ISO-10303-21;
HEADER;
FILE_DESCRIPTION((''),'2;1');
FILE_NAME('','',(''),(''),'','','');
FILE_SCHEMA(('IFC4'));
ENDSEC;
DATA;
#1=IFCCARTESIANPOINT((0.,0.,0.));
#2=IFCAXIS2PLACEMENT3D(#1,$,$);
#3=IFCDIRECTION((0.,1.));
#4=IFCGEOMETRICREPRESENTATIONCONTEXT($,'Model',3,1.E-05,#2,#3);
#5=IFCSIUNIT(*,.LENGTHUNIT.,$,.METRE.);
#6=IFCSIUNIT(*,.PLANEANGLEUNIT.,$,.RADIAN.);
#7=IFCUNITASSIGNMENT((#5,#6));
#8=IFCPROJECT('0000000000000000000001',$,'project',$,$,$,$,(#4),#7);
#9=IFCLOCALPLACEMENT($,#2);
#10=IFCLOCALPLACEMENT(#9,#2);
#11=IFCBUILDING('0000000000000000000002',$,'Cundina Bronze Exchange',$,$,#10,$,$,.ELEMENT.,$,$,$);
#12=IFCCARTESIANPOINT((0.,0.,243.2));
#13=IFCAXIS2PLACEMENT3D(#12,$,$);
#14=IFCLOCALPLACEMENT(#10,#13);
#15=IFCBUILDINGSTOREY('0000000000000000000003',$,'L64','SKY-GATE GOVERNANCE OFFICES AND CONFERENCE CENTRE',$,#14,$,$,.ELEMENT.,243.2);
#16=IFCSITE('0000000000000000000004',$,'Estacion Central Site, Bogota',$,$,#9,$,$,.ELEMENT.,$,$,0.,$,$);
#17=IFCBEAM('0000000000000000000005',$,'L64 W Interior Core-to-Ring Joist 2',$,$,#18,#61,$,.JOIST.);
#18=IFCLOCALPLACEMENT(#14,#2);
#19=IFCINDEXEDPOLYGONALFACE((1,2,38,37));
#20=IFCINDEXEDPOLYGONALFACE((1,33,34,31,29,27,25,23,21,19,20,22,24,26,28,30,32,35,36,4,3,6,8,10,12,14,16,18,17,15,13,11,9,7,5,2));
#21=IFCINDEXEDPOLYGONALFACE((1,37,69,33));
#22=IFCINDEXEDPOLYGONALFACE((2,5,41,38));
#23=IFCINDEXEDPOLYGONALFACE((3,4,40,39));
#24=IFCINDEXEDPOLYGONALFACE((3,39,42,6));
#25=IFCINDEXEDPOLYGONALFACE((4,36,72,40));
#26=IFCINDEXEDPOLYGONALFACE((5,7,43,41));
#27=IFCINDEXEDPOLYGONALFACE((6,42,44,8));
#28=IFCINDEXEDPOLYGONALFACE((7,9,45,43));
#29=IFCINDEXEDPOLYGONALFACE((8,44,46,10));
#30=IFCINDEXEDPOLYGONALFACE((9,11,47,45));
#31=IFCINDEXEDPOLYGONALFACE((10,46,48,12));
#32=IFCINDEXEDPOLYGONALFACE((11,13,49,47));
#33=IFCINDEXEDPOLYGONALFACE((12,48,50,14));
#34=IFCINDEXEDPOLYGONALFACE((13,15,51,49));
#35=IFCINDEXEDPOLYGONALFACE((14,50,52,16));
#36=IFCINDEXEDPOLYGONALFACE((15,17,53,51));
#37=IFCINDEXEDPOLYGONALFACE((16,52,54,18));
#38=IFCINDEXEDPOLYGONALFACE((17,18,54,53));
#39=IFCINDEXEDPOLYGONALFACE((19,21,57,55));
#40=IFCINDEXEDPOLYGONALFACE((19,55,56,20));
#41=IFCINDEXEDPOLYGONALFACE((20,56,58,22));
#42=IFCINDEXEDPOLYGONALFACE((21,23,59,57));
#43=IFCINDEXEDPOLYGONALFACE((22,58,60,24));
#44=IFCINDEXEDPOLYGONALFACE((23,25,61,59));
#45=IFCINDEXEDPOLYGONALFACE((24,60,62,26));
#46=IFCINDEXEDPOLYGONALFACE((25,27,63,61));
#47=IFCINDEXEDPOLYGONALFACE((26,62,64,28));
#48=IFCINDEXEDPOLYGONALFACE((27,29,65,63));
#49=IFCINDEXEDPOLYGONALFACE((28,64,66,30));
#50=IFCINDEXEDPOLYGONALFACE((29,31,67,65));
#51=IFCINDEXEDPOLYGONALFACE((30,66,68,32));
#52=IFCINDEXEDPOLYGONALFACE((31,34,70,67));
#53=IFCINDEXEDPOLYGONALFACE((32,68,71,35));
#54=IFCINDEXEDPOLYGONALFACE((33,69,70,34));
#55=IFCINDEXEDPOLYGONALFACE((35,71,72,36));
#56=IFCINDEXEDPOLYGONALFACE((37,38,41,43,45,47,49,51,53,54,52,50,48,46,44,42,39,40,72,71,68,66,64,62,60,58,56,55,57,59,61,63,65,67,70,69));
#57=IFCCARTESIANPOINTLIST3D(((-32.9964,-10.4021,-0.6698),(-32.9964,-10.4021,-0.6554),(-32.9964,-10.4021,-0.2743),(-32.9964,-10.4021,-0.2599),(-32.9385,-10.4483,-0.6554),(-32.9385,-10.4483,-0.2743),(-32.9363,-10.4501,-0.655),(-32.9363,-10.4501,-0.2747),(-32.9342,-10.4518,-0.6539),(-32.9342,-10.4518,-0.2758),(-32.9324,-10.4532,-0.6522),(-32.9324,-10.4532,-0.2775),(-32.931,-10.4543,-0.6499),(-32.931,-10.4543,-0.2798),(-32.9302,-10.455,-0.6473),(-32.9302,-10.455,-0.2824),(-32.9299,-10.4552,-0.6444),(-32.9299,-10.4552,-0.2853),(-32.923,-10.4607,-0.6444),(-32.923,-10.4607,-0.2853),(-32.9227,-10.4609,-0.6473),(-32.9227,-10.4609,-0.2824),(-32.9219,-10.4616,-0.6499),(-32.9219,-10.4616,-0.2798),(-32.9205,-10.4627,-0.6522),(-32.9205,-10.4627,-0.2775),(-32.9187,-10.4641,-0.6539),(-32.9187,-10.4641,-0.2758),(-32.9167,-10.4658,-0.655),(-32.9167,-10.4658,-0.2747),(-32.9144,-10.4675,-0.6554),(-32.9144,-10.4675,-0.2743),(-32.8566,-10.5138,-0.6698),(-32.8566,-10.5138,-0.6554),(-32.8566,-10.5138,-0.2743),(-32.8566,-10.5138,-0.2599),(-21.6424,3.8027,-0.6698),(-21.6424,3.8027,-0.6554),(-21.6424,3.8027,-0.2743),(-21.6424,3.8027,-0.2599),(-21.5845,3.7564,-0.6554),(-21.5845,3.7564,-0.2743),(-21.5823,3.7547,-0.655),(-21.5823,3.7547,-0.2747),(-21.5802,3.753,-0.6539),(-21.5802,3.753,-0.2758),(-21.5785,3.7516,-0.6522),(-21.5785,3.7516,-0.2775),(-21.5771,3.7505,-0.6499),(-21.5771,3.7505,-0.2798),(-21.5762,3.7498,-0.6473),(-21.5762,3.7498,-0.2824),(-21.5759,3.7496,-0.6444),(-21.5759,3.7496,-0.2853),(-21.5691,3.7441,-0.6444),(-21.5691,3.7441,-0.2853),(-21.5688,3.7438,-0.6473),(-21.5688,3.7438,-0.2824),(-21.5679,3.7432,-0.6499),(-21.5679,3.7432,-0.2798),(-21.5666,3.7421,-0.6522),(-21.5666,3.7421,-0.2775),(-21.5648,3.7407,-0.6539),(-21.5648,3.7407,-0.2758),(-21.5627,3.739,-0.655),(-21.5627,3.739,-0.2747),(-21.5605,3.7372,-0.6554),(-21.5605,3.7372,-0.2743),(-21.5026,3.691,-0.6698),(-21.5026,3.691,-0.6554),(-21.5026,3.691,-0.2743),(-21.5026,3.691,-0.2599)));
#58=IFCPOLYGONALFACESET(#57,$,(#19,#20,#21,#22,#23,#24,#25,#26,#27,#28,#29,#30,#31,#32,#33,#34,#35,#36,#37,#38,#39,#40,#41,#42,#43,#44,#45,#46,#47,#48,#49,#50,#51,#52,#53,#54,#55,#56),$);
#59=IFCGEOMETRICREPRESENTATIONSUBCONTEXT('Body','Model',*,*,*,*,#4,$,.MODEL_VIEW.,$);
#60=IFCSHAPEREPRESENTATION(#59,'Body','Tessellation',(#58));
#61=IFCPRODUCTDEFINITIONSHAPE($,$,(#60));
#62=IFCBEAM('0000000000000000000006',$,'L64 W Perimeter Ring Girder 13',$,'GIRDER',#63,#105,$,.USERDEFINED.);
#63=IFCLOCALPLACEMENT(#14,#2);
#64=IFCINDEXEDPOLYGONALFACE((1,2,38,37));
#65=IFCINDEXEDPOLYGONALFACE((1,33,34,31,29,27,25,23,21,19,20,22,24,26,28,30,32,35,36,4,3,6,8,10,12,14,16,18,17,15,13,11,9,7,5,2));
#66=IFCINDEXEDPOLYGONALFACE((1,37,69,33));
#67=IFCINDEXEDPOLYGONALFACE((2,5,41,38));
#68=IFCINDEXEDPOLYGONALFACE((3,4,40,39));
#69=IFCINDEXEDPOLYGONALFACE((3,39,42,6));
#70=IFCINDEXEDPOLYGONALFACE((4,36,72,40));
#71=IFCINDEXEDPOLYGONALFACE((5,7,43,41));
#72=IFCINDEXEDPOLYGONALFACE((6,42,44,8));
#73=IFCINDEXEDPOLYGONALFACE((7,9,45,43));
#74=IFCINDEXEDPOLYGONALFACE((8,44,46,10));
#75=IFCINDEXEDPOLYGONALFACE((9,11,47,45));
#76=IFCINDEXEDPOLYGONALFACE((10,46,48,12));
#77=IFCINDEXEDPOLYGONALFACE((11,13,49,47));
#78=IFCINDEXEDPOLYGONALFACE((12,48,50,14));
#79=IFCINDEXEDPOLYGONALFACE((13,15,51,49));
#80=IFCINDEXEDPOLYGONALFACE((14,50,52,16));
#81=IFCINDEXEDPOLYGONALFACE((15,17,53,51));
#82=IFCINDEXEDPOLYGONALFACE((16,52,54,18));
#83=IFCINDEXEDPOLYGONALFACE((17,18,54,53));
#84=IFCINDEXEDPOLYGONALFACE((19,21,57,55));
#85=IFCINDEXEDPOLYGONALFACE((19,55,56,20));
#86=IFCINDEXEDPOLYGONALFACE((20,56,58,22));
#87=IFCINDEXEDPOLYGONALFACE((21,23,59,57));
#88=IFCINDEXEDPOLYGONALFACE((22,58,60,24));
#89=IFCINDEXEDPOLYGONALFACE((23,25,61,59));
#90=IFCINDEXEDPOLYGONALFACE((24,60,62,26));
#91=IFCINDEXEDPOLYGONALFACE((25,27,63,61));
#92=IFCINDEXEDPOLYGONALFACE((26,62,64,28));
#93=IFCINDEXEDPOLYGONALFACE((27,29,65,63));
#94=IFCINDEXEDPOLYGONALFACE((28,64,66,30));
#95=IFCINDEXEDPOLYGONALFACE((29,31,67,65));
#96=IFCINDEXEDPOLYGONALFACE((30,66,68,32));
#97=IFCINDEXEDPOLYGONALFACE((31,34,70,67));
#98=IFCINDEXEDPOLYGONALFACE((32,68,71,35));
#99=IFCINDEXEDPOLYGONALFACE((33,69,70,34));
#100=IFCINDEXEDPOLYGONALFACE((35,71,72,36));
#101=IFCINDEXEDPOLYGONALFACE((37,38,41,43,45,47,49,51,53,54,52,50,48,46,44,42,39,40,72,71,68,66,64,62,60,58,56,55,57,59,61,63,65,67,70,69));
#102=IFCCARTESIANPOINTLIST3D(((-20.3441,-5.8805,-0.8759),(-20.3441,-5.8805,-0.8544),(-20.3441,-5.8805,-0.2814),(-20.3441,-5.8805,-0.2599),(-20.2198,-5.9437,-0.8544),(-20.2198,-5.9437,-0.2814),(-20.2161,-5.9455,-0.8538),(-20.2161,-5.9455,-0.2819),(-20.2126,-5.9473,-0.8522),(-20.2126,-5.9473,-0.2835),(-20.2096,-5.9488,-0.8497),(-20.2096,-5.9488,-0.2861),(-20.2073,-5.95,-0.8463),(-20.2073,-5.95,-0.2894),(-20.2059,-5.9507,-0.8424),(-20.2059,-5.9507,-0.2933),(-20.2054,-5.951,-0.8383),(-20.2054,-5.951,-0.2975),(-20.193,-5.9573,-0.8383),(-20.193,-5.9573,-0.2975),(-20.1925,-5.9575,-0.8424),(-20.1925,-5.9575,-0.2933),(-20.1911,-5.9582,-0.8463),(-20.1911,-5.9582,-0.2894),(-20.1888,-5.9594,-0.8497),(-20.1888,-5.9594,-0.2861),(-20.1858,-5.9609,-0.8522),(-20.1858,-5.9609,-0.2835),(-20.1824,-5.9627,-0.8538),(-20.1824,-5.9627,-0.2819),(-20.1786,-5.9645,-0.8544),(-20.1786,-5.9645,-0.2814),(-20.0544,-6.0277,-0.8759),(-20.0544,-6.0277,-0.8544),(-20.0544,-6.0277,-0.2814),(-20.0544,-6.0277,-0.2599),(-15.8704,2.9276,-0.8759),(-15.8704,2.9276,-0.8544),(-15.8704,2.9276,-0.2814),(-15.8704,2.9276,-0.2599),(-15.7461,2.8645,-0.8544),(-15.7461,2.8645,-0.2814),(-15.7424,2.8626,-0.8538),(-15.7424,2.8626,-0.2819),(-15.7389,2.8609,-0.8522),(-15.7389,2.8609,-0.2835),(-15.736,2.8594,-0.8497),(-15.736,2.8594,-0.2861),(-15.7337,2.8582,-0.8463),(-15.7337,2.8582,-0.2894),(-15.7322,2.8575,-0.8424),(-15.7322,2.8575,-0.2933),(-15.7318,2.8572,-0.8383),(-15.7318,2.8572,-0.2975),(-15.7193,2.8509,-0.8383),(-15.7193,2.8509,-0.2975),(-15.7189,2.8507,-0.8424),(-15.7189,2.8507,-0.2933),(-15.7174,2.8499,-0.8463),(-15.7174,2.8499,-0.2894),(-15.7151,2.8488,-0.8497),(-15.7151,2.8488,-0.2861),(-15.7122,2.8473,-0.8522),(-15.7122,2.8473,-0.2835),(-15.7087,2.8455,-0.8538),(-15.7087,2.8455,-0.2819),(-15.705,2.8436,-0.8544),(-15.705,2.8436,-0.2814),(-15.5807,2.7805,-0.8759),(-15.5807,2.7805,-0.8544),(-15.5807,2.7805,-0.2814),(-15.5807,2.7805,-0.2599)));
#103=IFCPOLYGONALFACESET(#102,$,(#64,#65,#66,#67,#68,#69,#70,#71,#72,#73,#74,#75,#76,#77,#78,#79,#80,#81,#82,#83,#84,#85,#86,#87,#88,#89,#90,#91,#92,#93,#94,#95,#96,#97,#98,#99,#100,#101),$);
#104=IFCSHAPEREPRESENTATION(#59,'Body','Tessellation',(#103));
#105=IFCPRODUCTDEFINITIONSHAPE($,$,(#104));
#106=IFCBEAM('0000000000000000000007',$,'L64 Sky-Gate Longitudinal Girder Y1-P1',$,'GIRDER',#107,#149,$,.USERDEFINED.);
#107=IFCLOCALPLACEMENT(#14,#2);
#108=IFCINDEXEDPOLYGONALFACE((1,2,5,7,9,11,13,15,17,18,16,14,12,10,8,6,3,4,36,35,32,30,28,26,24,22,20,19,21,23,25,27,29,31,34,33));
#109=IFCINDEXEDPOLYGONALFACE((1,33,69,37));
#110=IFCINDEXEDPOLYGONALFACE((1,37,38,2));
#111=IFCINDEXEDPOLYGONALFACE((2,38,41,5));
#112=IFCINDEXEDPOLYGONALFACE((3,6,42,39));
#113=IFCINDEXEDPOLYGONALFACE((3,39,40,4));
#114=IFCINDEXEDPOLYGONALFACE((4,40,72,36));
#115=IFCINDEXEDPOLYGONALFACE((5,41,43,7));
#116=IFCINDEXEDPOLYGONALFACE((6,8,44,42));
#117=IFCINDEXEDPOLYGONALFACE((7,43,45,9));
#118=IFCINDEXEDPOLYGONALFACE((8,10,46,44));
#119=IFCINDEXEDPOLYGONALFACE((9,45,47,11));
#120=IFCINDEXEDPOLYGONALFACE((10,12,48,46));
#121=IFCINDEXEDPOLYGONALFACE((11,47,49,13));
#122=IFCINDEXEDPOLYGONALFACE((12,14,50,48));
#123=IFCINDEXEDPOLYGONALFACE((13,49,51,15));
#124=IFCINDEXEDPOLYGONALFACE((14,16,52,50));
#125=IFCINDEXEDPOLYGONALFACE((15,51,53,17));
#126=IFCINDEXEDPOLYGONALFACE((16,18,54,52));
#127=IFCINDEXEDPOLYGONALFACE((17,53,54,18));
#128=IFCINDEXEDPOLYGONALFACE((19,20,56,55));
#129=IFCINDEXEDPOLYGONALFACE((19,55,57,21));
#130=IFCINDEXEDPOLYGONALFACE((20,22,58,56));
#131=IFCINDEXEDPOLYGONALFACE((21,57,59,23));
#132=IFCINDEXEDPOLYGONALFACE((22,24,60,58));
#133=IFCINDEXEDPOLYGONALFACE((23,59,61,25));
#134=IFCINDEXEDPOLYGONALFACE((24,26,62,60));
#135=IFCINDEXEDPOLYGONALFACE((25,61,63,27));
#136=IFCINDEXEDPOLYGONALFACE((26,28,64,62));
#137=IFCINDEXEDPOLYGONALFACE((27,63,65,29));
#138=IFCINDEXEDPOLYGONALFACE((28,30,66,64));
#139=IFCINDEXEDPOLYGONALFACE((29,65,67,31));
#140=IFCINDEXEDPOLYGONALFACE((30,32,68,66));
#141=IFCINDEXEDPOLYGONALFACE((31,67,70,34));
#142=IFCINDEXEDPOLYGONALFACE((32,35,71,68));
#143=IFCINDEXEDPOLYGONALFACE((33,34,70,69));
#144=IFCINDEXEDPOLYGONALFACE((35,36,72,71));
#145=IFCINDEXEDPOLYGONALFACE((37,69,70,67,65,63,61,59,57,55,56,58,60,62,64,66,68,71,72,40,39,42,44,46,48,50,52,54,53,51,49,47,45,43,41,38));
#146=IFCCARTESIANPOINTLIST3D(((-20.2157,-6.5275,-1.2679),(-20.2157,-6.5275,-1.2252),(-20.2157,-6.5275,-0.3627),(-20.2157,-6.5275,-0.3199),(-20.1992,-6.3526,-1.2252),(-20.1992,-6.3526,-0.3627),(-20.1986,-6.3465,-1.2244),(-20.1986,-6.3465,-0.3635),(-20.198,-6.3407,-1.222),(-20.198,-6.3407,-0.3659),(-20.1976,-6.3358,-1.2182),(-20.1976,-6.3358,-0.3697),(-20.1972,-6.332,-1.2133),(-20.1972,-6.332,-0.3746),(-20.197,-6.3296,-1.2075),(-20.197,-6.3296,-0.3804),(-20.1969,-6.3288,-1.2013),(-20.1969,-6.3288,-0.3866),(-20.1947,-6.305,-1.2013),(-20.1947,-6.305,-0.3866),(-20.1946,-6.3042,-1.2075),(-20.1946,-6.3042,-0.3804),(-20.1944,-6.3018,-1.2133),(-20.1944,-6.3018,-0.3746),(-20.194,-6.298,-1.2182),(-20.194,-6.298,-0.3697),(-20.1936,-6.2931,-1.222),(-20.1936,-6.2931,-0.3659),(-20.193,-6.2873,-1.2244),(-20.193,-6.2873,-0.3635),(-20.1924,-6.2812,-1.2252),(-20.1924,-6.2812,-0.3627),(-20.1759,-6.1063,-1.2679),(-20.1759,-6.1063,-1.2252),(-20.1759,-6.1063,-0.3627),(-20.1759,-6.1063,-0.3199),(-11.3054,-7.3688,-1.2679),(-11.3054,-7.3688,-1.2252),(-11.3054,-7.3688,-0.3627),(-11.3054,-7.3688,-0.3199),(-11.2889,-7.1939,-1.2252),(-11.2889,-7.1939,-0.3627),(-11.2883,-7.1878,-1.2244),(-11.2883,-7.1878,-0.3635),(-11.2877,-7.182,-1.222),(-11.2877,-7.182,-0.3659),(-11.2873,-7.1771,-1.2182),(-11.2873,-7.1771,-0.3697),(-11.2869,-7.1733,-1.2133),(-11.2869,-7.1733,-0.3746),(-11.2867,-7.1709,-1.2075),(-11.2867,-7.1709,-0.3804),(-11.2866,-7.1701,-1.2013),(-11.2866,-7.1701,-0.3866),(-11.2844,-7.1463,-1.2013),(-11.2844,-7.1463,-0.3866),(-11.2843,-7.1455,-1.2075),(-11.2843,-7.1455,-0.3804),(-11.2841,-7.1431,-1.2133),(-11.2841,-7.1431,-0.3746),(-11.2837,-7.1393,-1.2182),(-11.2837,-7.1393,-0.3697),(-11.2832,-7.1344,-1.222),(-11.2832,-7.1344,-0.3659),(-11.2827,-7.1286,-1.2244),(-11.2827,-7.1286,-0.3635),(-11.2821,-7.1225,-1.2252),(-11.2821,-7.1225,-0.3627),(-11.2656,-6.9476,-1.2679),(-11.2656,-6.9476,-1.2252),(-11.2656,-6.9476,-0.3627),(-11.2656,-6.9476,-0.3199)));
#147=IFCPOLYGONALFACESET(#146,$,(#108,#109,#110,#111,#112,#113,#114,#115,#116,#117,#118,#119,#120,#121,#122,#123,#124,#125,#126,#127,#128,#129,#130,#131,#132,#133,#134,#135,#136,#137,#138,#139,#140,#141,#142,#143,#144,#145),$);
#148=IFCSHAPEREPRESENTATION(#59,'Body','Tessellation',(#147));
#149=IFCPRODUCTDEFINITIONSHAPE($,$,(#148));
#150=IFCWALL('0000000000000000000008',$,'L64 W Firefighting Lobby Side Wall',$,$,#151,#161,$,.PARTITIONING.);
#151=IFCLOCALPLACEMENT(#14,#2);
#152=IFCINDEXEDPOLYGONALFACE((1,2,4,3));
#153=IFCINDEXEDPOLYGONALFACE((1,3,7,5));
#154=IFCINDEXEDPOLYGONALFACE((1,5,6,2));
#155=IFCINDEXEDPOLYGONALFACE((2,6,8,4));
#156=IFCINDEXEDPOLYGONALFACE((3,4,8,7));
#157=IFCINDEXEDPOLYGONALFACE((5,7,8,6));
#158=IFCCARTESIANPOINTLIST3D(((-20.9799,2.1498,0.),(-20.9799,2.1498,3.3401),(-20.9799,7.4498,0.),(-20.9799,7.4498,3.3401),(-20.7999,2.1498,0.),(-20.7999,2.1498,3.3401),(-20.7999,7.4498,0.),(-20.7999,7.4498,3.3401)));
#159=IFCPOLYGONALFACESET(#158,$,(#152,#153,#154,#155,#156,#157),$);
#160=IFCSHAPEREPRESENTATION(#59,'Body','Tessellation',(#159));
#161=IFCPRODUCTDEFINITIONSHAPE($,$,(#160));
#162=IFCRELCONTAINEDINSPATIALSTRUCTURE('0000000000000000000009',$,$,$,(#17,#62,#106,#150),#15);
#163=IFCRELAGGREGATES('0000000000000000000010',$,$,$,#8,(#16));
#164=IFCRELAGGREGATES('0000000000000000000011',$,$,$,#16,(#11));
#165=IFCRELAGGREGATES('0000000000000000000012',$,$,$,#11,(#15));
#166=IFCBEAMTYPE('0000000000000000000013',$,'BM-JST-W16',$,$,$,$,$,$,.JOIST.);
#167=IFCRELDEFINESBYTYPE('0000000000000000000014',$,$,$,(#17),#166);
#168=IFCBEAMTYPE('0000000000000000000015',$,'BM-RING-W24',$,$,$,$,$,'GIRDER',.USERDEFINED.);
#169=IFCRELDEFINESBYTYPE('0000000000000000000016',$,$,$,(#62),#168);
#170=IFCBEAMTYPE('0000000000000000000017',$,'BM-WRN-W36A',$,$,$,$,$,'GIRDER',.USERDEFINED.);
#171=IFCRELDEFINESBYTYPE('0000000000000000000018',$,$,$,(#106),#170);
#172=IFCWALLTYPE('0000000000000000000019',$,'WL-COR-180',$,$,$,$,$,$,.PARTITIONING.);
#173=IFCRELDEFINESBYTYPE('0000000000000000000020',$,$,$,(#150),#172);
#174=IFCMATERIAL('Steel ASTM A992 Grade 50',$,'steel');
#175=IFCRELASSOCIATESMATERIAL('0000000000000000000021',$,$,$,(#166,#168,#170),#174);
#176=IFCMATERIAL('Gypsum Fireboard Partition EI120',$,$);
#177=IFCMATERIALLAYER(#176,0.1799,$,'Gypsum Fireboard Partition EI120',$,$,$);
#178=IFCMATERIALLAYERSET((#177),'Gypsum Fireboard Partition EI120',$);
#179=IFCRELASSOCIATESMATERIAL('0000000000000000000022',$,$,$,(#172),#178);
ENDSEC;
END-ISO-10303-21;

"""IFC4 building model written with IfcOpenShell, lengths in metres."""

from ifc_helpers import new_model, si_unit, direction, frame, frame_2d, origin, origin_2d, place, context, subcontext, project, spatial, rectangle, i_section, extrude, material, layer, layer_set, material_profile, profile_set, type_object, element, save


model = new_model("IFC4")

# Units and contexts
model_context = context("Model", 3, precision=1e-05, world=origin(), true_north=direction((0.0, 1.0)))
body_context = subcontext(model_context, "Body", "Model", "MODEL_VIEW")
ifc_project = project(units=[si_unit("LENGTHUNIT", "METRE"), si_unit("PLANEANGLEUNIT", "RADIAN")], contexts=[model_context])

# Site, building, storey
site_placement = place(None, origin())
site = spatial("IfcSite", under=ifc_project, at=site_placement, Name="Estacion Central Site, Bogota", CompositionType="ELEMENT", RefElevation=0.0)
building_placement = place(site_placement, origin())
building = spatial("IfcBuilding", under=site, at=building_placement, Name="Cundina Bronze Exchange", CompositionType="ELEMENT")
storey_placement = place(building_placement, frame((0.0, 0.0, 243.2)))
storey = spatial("IfcBuildingStorey", under=building, at=storey_placement, Name="L64", Description="SKY-GATE GOVERNANCE OFFICES AND CONFERENCE CENTRE", CompositionType="ELEMENT", Elevation=243.2)

# Shared definitions
ifc_material_1 = material(Name="Steel ASTM A992 Grade 50", Category="steel")

# Beams
ifc_material_profile_1 = material_profile(ifc_material_1, i_section(OverallWidth=0.179, OverallDepth=0.4099, WebThickness=0.0088, FlangeThickness=0.0144, FilletRadius=0.011, at=origin_2d()), Name="W16X45", Category="steel")
ifc_profile_set_1 = profile_set([ifc_material_profile_1], Name="Steel ASTM A992 Grade 50")
beam_type_1 = type_object("IfcBeamType", Name="BM-JST-W16", PredefinedType="JOIST", material=ifc_profile_set_1)
beam_1_placement = place(storey_placement, frame((-21.5725, 3.7468, -0.4648), z_axis=(-0.624364, -0.781133, 0.0), x_axis=(0.781133, -0.624364, 0.0)))
element("IfcBeam", 1, at=beam_1_placement, inside=storey, type_object=beam_type_1, Name="L64 W Interior Core-to-Ring Joist 2", PredefinedType="JOIST", context=body_context, shape_type="SweptSolid", body=[
    extrude(i_section(OverallWidth=0.179, OverallDepth=0.4099, WebThickness=0.0088, FlangeThickness=0.0144, FilletRadius=0.011, at=origin_2d()), origin(), (0.0, 0.0, 1.0), 18.1848),
])
ifc_material_profile_2 = material_profile(ifc_material_1, i_section(OverallWidth=0.325, OverallDepth=0.616, WebThickness=0.0139, FlangeThickness=0.0215, FilletRadius=0.0161, at=origin_2d()), Name="W24X117", Category="steel")
ifc_profile_set_2 = profile_set([ifc_material_profile_2], Name="Steel ASTM A992 Grade 50")
beam_type_2 = type_object("IfcBeamType", Name="BM-RING-W24", ElementType="GIRDER", PredefinedType="USERDEFINED", material=ifc_profile_set_2)
beam_2_placement = place(storey_placement, frame((-20.1992, -5.9541, -0.5679), z_axis=(0.452839, 0.891592, 0.0), x_axis=(-0.891592, 0.452839, 0.0)))
element("IfcBeam", 2, at=beam_2_placement, inside=storey, type_object=beam_type_2, Name="L64 W Perimeter Ring Girder 13", ObjectType="GIRDER", PredefinedType="USERDEFINED", context=body_context, shape_type="SweptSolid", body=[
    extrude(i_section(OverallWidth=0.325, OverallDepth=0.616, WebThickness=0.0139, FlangeThickness=0.0215, FilletRadius=0.0161, at=origin_2d()), origin(), (0.0, 0.0, 1.0), 9.8792),
])
ifc_material_profile_3 = material_profile(ifc_material_1, i_section(OverallWidth=0.4231, OverallDepth=0.948, WebThickness=0.0239, FlangeThickness=0.0427, FilletRadius=0.0239, at=origin_2d()), Name="W36X302", Category="steel")
ifc_profile_set_3 = profile_set([ifc_material_profile_3], Name="Steel ASTM A992 Grade 50")
beam_type_3 = type_object("IfcBeamType", Name="BM-WRN-W36A", ElementType="GIRDER", PredefinedType="USERDEFINED", material=ifc_profile_set_3)
beam_3_placement = place(storey_placement, frame((-20.1958, -6.3169, -0.7939), z_axis=(0.995572, -0.094001, 0.0), x_axis=(0.094001, 0.995572, 0.0)))
element("IfcBeam", 3, at=beam_3_placement, inside=storey, type_object=beam_type_3, Name="L64 Sky-Gate Longitudinal Girder Y1-P1", ObjectType="GIRDER", PredefinedType="USERDEFINED", context=body_context, shape_type="SweptSolid", body=[
    extrude(i_section(OverallWidth=0.4231, OverallDepth=0.948, WebThickness=0.0239, FlangeThickness=0.0427, FilletRadius=0.0239, at=origin_2d()), origin(), (0.0, 0.0, 1.0), 8.95),
])

# Wall
ifc_material_2 = material(Name="Gypsum Fireboard Partition EI120")
ifc_layer_1 = layer(ifc_material_2, 0.1799, Name="Gypsum Fireboard Partition EI120")
ifc_layer_set_1 = layer_set([ifc_layer_1], Name="Gypsum Fireboard Partition EI120")
wall_type_1 = type_object("IfcWallType", Name="WL-COR-180", PredefinedType="PARTITIONING", material=ifc_layer_set_1)
wall_1_placement = place(storey_placement, frame((-20.8899, 2.1499, 0.0), z_axis=(0.0, 0.0, 1.0), x_axis=(0.0, 1.0, 0.0)))
element("IfcWall", 4, at=wall_1_placement, inside=storey, type_object=wall_type_1, Name="L64 W Firefighting Lobby Side Wall", PredefinedType="PARTITIONING", context=body_context, shape_type="SweptSolid", body=[
    extrude(rectangle(XDim=5.3, YDim=0.1799, at=frame_2d((2.6499, 0.0))), origin(), (0.0, 0.0, 1.0), 3.3401),
])

save(model, "model.ifc")
